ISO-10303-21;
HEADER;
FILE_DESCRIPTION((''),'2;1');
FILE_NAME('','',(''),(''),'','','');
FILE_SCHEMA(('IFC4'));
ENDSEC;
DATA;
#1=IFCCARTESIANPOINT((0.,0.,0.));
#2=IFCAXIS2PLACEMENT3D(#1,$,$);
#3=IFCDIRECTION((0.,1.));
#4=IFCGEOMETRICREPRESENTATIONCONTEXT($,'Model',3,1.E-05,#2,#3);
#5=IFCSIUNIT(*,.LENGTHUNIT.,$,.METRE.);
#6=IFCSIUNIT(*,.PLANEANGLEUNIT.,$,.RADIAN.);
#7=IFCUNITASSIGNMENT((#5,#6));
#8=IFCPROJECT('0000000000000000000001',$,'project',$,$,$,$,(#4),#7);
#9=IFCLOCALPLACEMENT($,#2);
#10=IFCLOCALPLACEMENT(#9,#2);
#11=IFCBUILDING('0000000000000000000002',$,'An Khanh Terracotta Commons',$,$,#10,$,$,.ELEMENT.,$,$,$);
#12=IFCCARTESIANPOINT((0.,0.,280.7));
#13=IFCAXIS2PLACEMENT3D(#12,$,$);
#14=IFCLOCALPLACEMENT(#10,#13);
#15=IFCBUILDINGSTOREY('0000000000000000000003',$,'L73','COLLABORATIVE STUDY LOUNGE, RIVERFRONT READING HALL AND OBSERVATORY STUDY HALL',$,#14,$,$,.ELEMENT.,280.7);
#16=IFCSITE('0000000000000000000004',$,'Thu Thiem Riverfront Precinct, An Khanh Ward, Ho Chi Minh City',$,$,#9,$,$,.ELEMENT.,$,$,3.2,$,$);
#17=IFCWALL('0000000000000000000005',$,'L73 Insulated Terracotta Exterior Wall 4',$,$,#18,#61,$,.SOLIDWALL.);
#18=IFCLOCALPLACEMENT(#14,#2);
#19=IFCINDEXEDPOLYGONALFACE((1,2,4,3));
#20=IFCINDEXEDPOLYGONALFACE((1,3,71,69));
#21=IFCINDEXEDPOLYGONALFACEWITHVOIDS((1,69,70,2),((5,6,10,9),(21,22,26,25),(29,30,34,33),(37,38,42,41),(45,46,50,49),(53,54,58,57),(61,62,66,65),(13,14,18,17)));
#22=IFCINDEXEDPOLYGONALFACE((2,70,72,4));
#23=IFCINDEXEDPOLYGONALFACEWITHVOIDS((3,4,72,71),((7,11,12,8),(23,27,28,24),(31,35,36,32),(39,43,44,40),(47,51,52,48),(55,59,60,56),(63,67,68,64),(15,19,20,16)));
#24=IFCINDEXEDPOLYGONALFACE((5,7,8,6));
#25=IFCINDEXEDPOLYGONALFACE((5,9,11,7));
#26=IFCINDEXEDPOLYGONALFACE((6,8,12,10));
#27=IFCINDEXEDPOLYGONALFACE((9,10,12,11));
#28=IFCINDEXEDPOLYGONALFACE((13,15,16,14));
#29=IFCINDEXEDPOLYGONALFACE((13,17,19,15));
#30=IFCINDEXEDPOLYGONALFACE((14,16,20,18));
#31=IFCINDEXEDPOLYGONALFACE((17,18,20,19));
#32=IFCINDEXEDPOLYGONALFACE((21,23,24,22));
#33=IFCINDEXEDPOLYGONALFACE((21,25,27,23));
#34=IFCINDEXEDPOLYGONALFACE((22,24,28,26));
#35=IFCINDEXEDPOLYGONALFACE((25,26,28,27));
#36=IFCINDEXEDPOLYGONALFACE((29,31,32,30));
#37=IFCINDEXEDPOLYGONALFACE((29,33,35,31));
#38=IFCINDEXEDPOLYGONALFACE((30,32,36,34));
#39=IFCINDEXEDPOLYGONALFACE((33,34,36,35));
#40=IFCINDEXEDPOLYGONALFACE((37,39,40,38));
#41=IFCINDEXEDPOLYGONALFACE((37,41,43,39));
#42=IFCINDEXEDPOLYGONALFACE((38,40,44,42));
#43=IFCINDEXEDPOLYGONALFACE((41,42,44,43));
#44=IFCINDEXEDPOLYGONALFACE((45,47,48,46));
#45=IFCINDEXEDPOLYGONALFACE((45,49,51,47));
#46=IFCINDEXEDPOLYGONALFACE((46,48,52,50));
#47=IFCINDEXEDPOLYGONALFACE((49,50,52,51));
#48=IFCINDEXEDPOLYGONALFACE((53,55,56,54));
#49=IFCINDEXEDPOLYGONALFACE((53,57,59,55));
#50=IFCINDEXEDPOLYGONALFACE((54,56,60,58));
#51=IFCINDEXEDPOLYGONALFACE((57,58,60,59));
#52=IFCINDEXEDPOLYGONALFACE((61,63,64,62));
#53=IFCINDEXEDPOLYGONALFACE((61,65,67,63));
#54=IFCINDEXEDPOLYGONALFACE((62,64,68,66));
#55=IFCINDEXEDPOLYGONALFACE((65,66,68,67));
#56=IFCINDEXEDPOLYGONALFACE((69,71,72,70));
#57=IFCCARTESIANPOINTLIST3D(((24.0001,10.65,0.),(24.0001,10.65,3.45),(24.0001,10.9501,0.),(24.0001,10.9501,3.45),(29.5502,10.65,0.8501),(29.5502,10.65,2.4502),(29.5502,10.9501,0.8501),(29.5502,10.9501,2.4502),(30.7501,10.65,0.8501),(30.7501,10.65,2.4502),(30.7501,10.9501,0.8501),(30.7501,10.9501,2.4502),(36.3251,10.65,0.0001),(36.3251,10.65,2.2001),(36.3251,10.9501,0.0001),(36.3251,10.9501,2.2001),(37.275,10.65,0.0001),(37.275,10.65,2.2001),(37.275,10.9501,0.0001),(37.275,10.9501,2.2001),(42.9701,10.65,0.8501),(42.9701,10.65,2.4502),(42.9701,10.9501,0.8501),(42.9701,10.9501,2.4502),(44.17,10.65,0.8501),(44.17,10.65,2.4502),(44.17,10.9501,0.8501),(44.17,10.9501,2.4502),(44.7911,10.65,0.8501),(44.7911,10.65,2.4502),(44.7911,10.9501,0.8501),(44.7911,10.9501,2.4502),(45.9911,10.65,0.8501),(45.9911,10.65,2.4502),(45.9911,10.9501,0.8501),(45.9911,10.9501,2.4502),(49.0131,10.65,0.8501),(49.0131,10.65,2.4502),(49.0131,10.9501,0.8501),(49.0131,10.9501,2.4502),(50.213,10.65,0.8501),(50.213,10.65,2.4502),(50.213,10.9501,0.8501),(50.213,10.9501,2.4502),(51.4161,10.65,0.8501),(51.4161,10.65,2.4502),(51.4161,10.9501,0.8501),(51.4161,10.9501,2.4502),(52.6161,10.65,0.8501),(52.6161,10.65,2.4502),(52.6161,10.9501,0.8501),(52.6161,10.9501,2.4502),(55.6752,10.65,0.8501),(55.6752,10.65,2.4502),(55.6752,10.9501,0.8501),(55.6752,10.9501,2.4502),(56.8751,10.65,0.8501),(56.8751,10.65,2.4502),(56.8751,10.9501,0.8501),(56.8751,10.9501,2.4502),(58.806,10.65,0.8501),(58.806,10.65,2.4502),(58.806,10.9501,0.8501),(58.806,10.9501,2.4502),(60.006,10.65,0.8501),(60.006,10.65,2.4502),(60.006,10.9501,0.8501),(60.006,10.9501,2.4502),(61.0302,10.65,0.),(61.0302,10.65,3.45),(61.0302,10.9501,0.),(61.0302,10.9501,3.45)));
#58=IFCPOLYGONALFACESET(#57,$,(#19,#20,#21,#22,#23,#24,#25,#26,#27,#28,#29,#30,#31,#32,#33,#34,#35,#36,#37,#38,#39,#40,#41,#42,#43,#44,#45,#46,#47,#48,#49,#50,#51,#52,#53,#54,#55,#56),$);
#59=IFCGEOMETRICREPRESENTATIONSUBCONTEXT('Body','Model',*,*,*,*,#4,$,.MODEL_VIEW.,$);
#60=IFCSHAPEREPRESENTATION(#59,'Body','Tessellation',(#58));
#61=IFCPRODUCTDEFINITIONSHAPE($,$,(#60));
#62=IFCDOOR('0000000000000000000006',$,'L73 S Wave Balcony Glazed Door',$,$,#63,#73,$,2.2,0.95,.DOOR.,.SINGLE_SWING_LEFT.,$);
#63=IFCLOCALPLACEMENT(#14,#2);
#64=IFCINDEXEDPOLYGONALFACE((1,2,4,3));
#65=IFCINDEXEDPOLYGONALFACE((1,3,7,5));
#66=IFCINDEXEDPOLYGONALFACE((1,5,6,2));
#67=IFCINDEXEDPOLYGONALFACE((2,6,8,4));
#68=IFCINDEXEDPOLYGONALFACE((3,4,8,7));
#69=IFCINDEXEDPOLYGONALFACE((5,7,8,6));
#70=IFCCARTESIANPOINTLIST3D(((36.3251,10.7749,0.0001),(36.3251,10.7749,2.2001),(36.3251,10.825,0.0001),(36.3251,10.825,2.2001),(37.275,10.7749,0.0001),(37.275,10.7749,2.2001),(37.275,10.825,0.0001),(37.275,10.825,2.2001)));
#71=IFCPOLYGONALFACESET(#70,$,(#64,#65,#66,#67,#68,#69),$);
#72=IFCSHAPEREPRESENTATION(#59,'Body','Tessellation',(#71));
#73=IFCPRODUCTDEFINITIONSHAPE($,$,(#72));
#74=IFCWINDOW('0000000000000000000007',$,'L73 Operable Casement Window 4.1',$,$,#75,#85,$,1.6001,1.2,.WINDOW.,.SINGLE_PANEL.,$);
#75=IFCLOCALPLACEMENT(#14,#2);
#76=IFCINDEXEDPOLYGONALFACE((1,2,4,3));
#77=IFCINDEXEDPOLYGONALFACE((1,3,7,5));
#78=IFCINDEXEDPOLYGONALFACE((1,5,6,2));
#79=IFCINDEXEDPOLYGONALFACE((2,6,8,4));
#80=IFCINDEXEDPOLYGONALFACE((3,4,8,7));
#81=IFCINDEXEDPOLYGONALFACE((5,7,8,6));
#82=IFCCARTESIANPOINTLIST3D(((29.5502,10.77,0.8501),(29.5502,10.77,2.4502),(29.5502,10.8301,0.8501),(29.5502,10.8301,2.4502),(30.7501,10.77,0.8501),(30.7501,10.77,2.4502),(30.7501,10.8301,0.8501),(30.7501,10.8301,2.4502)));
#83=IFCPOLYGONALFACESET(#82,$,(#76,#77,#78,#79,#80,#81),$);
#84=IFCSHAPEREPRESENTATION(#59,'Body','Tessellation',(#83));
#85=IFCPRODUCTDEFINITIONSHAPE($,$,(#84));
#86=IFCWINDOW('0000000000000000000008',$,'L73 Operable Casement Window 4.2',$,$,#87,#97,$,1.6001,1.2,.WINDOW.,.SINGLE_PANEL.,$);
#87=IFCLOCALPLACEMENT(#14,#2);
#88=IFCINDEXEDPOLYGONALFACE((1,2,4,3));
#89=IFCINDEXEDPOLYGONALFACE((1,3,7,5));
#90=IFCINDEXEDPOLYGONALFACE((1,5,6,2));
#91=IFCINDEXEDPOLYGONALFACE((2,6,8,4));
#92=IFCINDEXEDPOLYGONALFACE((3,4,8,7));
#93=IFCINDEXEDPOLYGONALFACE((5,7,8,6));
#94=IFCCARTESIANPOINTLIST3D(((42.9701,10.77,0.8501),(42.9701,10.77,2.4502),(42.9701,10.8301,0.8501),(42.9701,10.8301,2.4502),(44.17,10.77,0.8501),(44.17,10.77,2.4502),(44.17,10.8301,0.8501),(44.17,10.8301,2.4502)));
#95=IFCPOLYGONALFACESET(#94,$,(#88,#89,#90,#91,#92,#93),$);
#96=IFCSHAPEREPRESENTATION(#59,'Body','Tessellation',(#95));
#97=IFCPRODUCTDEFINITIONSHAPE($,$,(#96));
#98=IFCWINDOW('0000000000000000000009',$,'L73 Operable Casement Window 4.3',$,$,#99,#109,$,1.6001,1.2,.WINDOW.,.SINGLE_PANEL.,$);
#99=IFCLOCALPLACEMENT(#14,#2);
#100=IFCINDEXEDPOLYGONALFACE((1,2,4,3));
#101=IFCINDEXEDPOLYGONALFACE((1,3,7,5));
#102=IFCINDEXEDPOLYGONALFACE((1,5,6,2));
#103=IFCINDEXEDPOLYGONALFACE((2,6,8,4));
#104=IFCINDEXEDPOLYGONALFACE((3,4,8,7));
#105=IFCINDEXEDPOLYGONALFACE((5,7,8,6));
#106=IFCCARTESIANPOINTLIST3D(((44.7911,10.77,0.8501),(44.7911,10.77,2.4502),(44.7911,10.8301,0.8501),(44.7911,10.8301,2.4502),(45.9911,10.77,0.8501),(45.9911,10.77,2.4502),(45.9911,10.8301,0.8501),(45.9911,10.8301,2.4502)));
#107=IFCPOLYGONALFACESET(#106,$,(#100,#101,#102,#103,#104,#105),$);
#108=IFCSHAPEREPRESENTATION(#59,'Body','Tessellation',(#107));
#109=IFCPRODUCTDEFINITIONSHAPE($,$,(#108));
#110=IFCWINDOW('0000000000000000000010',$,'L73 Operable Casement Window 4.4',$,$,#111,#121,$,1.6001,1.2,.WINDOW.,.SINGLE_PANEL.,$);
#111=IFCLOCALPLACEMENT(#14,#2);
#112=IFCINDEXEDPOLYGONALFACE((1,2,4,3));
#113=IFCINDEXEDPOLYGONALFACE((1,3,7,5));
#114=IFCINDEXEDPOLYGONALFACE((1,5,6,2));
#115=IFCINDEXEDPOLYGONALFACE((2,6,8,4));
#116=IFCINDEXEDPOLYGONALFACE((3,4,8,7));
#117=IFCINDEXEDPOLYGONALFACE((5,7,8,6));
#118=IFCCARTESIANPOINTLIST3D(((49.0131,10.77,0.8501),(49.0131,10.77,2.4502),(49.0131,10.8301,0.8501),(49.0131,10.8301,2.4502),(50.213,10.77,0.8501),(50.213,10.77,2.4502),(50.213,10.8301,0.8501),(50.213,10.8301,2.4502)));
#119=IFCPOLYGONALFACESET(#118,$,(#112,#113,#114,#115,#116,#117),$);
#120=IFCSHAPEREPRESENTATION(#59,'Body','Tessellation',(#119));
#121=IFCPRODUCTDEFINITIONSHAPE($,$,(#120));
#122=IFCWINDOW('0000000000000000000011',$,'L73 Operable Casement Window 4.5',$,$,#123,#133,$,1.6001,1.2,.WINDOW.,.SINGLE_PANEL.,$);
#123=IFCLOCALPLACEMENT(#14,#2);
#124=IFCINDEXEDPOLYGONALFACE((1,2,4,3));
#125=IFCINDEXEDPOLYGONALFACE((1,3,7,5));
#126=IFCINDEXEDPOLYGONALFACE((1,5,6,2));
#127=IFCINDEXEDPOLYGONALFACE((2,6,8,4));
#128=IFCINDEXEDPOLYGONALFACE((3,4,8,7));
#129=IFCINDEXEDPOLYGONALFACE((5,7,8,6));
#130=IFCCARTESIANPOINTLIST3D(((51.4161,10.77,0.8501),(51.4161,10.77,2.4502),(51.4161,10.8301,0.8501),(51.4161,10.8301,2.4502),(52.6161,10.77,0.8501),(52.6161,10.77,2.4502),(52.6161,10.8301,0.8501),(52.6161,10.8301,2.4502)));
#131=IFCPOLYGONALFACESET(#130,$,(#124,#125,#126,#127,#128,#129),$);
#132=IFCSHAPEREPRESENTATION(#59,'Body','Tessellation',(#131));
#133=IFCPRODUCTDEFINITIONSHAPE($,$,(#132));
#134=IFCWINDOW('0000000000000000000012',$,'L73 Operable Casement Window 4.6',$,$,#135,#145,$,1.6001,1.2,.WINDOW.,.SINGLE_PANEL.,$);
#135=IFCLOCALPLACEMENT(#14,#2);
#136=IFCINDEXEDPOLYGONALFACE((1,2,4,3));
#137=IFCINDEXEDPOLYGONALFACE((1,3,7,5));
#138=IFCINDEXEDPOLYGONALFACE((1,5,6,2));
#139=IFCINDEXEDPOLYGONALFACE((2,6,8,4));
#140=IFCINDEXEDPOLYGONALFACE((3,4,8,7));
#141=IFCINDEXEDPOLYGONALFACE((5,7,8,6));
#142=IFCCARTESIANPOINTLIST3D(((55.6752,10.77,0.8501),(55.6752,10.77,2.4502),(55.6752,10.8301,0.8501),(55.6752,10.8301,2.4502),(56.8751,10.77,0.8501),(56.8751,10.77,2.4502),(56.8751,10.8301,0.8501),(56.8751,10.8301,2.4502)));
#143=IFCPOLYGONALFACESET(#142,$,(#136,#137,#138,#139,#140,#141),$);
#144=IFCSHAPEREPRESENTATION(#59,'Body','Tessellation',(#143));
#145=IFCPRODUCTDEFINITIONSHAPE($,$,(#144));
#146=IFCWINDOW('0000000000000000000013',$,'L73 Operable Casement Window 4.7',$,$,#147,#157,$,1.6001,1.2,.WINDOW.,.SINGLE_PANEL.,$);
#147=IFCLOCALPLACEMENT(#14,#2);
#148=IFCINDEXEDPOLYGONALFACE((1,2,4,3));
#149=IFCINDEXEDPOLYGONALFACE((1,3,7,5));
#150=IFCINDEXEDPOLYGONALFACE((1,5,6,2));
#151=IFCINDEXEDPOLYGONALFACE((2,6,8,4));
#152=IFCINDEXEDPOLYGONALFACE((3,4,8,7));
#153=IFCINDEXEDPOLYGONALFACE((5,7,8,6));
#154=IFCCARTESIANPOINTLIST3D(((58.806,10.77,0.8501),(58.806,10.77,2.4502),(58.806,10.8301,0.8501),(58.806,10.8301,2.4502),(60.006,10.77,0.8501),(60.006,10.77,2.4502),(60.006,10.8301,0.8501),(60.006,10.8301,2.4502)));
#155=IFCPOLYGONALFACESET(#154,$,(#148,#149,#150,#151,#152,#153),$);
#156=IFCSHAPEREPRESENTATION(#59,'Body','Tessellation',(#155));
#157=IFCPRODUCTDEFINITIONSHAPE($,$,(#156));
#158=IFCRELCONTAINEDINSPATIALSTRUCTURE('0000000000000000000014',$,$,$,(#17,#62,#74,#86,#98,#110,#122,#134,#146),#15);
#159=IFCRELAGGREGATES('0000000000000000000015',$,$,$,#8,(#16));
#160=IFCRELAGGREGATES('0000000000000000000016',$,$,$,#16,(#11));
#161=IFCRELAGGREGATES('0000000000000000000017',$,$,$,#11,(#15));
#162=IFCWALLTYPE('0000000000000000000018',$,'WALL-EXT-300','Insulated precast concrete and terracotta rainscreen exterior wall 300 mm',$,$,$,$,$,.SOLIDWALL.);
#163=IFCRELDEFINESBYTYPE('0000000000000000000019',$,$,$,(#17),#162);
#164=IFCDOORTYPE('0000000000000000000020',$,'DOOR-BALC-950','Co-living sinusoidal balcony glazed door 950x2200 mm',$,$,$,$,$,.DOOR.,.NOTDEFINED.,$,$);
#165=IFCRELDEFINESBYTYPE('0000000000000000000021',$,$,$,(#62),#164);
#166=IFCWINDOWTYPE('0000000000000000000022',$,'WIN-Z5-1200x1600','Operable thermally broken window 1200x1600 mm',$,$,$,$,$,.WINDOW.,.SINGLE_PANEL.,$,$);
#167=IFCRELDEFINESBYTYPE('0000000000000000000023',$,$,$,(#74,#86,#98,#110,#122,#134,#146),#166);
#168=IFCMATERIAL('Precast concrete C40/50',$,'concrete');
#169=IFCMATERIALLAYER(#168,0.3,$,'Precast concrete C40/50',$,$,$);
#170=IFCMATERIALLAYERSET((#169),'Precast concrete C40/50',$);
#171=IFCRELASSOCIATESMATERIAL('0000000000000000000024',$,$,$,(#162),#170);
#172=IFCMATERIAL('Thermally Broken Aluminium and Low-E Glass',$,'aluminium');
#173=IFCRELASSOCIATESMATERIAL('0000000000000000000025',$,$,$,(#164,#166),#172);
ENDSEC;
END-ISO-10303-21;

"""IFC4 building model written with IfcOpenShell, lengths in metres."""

from ifc_helpers import new_model, si_unit, direction, frame, frame_2d, origin, place, context, subcontext, project, spatial, rectangle, extrude, material, layer, layer_set, type_object, element, fill, save


model = new_model("IFC4")

# Units and contexts
model_context = context("Model", 3, precision=1e-05, world=origin(), true_north=direction((0.0, 1.0)))
body_context = subcontext(model_context, "Body", "Model", "MODEL_VIEW")
ifc_project = project(units=[si_unit("LENGTHUNIT", "METRE"), si_unit("PLANEANGLEUNIT", "RADIAN")], contexts=[model_context])

# Site, building, storey
site_placement = place(None, origin())
site = spatial("IfcSite", under=ifc_project, at=site_placement, Name="Thu Thiem Riverfront Precinct, An Khanh Ward, Ho Chi Minh City", CompositionType="ELEMENT", RefElevation=3.2)
building_placement = place(site_placement, origin())
building = spatial("IfcBuilding", under=site, at=building_placement, Name="An Khanh Terracotta Commons", CompositionType="ELEMENT")
storey_placement = place(building_placement, frame((0.0, 0.0, 280.7)))
storey = spatial("IfcBuildingStorey", under=building, at=storey_placement, Name="L73", Description="COLLABORATIVE STUDY LOUNGE, RIVERFRONT READING HALL AND OBSERVATORY STUDY HALL", CompositionType="ELEMENT", Elevation=280.7)

# Shared definitions
ifc_material_1 = material(Name="Precast concrete C40/50", Category="concrete")
ifc_layer_1 = layer(ifc_material_1, 0.3, Name="Precast concrete C40/50")
ifc_layer_set_1 = layer_set([ifc_layer_1], Name="Precast concrete C40/50")
wall_type_1 = type_object("IfcWallType", Name="WALL-EXT-300", Description="Insulated precast concrete and terracotta rainscreen exterior wall 300 mm", PredefinedType="SOLIDWALL", material=ifc_layer_set_1)

# Wall, openings, door, windows
wall_1_placement = place(storey_placement, frame((24.0, 10.8, 0.0), z_axis=(0.0, 0.0, 1.0), x_axis=(1.0, 0.0, 0.0)))
wall_1 = element("IfcWall", 1, at=wall_1_placement, inside=storey, type_object=wall_type_1, Name="L73 Insulated Terracotta Exterior Wall 4", PredefinedType="SOLIDWALL", context=body_context, shape_type="SweptSolid", body=[
    extrude(rectangle(XDim=37.03, YDim=0.3, at=frame_2d((18.5151, 0.0))), origin(), (0.0, 0.0, 1.0), 3.45),
])
opening_1_placement = place(wall_1_placement, frame((12.325, 0.0, 0.0)))
opening_1 = element("IfcOpeningElement", 2, at=opening_1_placement, cuts=wall_1, PredefinedType="OPENING", context=body_context, shape_type="SweptSolid", body=[
    extrude(rectangle(XDim=0.95, YDim=2.2, at=frame_2d((0.4751, 1.1001))), frame((0.0, 0.1599, 0.0), z_axis=(0.0, -1.0, 0.0), x_axis=(1.0, 0.0, 0.0)), (0.0, 0.0, 1.0), 0.3201),
])
opening_2_placement = place(wall_1_placement, frame((5.55, 0.0, 0.8501)))
opening_2 = element("IfcOpeningElement", 3, at=opening_2_placement, cuts=wall_1, PredefinedType="OPENING", context=body_context, shape_type="SweptSolid", body=[
    extrude(rectangle(XDim=1.2, YDim=1.6001, at=frame_2d((0.6001, 0.8))), frame((0.0, 0.1599, 0.0), z_axis=(0.0, -1.0, 0.0), x_axis=(1.0, 0.0, 0.0)), (0.0, 0.0, 1.0), 0.3201),
])
opening_3_placement = place(wall_1_placement, frame((18.97, 0.0, 0.8501)))
opening_3 = element("IfcOpeningElement", 4, at=opening_3_placement, cuts=wall_1, PredefinedType="OPENING", context=body_context, shape_type="SweptSolid", body=[
    extrude(rectangle(XDim=1.2, YDim=1.6001, at=frame_2d((0.6001, 0.8))), frame((0.0, 0.1599, 0.0), z_axis=(0.0, -1.0, 0.0), x_axis=(1.0, 0.0, 0.0)), (0.0, 0.0, 1.0), 0.3201),
])
opening_4_placement = place(wall_1_placement, frame((20.791, 0.0, 0.8501)))
opening_4 = element("IfcOpeningElement", 5, at=opening_4_placement, cuts=wall_1, PredefinedType="OPENING", context=body_context, shape_type="SweptSolid", body=[
    extrude(rectangle(XDim=1.2, YDim=1.6001, at=frame_2d((0.6001, 0.8))), frame((0.0, 0.1599, 0.0), z_axis=(0.0, -1.0, 0.0), x_axis=(1.0, 0.0, 0.0)), (0.0, 0.0, 1.0), 0.3201),
])
opening_5_placement = place(wall_1_placement, frame((25.0129, 0.0, 0.8501)))
opening_5 = element("IfcOpeningElement", 6, at=opening_5_placement, cuts=wall_1, PredefinedType="OPENING", context=body_context, shape_type="SweptSolid", body=[
    extrude(rectangle(XDim=1.2, YDim=1.6001, at=frame_2d((0.6001, 0.8))), frame((0.0, 0.1599, 0.0), z_axis=(0.0, -1.0, 0.0), x_axis=(1.0, 0.0, 0.0)), (0.0, 0.0, 1.0), 0.3201),
])
opening_6_placement = place(wall_1_placement, frame((27.416, 0.0, 0.8501)))
opening_6 = element("IfcOpeningElement", 7, at=opening_6_placement, cuts=wall_1, PredefinedType="OPENING", context=body_context, shape_type="SweptSolid", body=[
    extrude(rectangle(XDim=1.2, YDim=1.6001, at=frame_2d((0.6001, 0.8))), frame((0.0, 0.1599, 0.0), z_axis=(0.0, -1.0, 0.0), x_axis=(1.0, 0.0, 0.0)), (0.0, 0.0, 1.0), 0.3201),
])
opening_7_placement = place(wall_1_placement, frame((31.675, 0.0, 0.8501)))
opening_7 = element("IfcOpeningElement", 8, at=opening_7_placement, cuts=wall_1, PredefinedType="OPENING", context=body_context, shape_type="SweptSolid", body=[
    extrude(rectangle(XDim=1.2, YDim=1.6001, at=frame_2d((0.6001, 0.8))), frame((0.0, 0.1599, 0.0), z_axis=(0.0, -1.0, 0.0), x_axis=(1.0, 0.0, 0.0)), (0.0, 0.0, 1.0), 0.3201),
])
opening_8_placement = place(wall_1_placement, frame((34.8059, 0.0, 0.8501)))
opening_8 = element("IfcOpeningElement", 9, at=opening_8_placement, cuts=wall_1, PredefinedType="OPENING", context=body_context, shape_type="SweptSolid", body=[
    extrude(rectangle(XDim=1.2, YDim=1.6001, at=frame_2d((0.6001, 0.8))), frame((0.0, 0.1599, 0.0), z_axis=(0.0, -1.0, 0.0), x_axis=(1.0, 0.0, 0.0)), (0.0, 0.0, 1.0), 0.3201),
])
ifc_material_2 = material(Name="Thermally Broken Aluminium and Low-E Glass", Category="aluminium")
door_type = type_object("IfcDoorType", Name="DOOR-BALC-950", Description="Co-living sinusoidal balcony glazed door 950x2200 mm", OperationType="NOTDEFINED", PredefinedType="DOOR", material=ifc_material_2)
door_placement = place(opening_1_placement, origin())
door = element("IfcDoor", 10, at=door_placement, inside=storey, type_object=door_type, Name="L73 S Wave Balcony Glazed Door", OperationType="SINGLE_SWING_LEFT", OverallHeight=2.2, OverallWidth=0.95, PredefinedType="DOOR", context=body_context, shape_type="SweptSolid", body=[
    extrude(rectangle(XDim=0.95, YDim=2.2, at=frame_2d((0.4751, 1.1001))), frame((0.0, 0.0249, 0.0), z_axis=(0.0, -1.0, 0.0), x_axis=(1.0, 0.0, 0.0)), (0.0, 0.0, 1.0), 0.05),
])
fill(opening_1, door)
window_type = type_object("IfcWindowType", Name="WIN-Z5-1200x1600", Description="Operable thermally broken window 1200x1600 mm", PartitioningType="SINGLE_PANEL", PredefinedType="WINDOW", material=ifc_material_2)
window_1_placement = place(opening_2_placement, origin())
window_1 = element("IfcWindow", 11, at=window_1_placement, inside=storey, type_object=window_type, Name="L73 Operable Casement Window 4.1", OverallHeight=1.6001, OverallWidth=1.2, PartitioningType="SINGLE_PANEL", PredefinedType="WINDOW", context=body_context, shape_type="SweptSolid", body=[
    extrude(rectangle(XDim=1.2, YDim=1.6001, at=frame_2d((0.6001, 0.8))), frame((0.0, 0.03, 0.0), z_axis=(0.0, -1.0, 0.0), x_axis=(1.0, 0.0, 0.0)), (0.0, 0.0, 1.0), 0.0601),
])
fill(opening_2, window_1)
window_2_placement = place(opening_3_placement, origin())
window_2 = element("IfcWindow", 12, at=window_2_placement, inside=storey, type_object=window_type, Name="L73 Operable Casement Window 4.2", OverallHeight=1.6001, OverallWidth=1.2, PartitioningType="SINGLE_PANEL", PredefinedType="WINDOW", context=body_context, shape_type="SweptSolid", body=[
    extrude(rectangle(XDim=1.2, YDim=1.6001, at=frame_2d((0.6001, 0.8))), frame((0.0, 0.03, 0.0), z_axis=(0.0, -1.0, 0.0), x_axis=(1.0, 0.0, 0.0)), (0.0, 0.0, 1.0), 0.0601),
])
fill(opening_3, window_2)
window_3_placement = place(opening_4_placement, origin())
window_3 = element("IfcWindow", 13, at=window_3_placement, inside=storey, type_object=window_type, Name="L73 Operable Casement Window 4.3", OverallHeight=1.6001, OverallWidth=1.2, PartitioningType="SINGLE_PANEL", PredefinedType="WINDOW", context=body_context, shape_type="SweptSolid", body=[
    extrude(rectangle(XDim=1.2, YDim=1.6001, at=frame_2d((0.6001, 0.8))), frame((0.0, 0.03, 0.0), z_axis=(0.0, -1.0, 0.0), x_axis=(1.0, 0.0, 0.0)), (0.0, 0.0, 1.0), 0.0601),
])
fill(opening_4, window_3)
window_4_placement = place(opening_5_placement, origin())
window_4 = element("IfcWindow", 14, at=window_4_placement, inside=storey, type_object=window_type, Name="L73 Operable Casement Window 4.4", OverallHeight=1.6001, OverallWidth=1.2, PartitioningType="SINGLE_PANEL", PredefinedType="WINDOW", context=body_context, shape_type="SweptSolid", body=[
    extrude(rectangle(XDim=1.2, YDim=1.6001, at=frame_2d((0.6001, 0.8))), frame((0.0, 0.03, 0.0), z_axis=(0.0, -1.0, 0.0), x_axis=(1.0, 0.0, 0.0)), (0.0, 0.0, 1.0), 0.0601),
])
fill(opening_5, window_4)
window_5_placement = place(opening_6_placement, origin())
window_5 = element("IfcWindow", 15, at=window_5_placement, inside=storey, type_object=window_type, Name="L73 Operable Casement Window 4.5", OverallHeight=1.6001, OverallWidth=1.2, PartitioningType="SINGLE_PANEL", PredefinedType="WINDOW", context=body_context, shape_type="SweptSolid", body=[
    extrude(rectangle(XDim=1.2, YDim=1.6001, at=frame_2d((0.6001, 0.8))), frame((0.0, 0.03, 0.0), z_axis=(0.0, -1.0, 0.0), x_axis=(1.0, 0.0, 0.0)), (0.0, 0.0, 1.0), 0.0601),
])
fill(opening_6, window_5)
window_6_placement = place(opening_7_placement, origin())
window_6 = element("IfcWindow", 16, at=window_6_placement, inside=storey, type_object=window_type, Name="L73 Operable Casement Window 4.6", OverallHeight=1.6001, OverallWidth=1.2, PartitioningType="SINGLE_PANEL", PredefinedType="WINDOW", context=body_context, shape_type="SweptSolid", body=[
    extrude(rectangle(XDim=1.2, YDim=1.6001, at=frame_2d((0.6001, 0.8))), frame((0.0, 0.03, 0.0), z_axis=(0.0, -1.0, 0.0), x_axis=(1.0, 0.0, 0.0)), (0.0, 0.0, 1.0), 0.0601),
])
fill(opening_7, window_6)
window_7_placement = place(opening_8_placement, origin())
window_7 = element("IfcWindow", 17, at=window_7_placement, inside=storey, type_object=window_type, Name="L73 Operable Casement Window 4.7", OverallHeight=1.6001, OverallWidth=1.2, PartitioningType="SINGLE_PANEL", PredefinedType="WINDOW", context=body_context, shape_type="SweptSolid", body=[
    extrude(rectangle(XDim=1.2, YDim=1.6001, at=frame_2d((0.6001, 0.8))), frame((0.0, 0.03, 0.0), z_axis=(0.0, -1.0, 0.0), x_axis=(1.0, 0.0, 0.0)), (0.0, 0.0, 1.0), 0.0601),
])
fill(opening_8, window_7)

save(model, "model.ifc")
